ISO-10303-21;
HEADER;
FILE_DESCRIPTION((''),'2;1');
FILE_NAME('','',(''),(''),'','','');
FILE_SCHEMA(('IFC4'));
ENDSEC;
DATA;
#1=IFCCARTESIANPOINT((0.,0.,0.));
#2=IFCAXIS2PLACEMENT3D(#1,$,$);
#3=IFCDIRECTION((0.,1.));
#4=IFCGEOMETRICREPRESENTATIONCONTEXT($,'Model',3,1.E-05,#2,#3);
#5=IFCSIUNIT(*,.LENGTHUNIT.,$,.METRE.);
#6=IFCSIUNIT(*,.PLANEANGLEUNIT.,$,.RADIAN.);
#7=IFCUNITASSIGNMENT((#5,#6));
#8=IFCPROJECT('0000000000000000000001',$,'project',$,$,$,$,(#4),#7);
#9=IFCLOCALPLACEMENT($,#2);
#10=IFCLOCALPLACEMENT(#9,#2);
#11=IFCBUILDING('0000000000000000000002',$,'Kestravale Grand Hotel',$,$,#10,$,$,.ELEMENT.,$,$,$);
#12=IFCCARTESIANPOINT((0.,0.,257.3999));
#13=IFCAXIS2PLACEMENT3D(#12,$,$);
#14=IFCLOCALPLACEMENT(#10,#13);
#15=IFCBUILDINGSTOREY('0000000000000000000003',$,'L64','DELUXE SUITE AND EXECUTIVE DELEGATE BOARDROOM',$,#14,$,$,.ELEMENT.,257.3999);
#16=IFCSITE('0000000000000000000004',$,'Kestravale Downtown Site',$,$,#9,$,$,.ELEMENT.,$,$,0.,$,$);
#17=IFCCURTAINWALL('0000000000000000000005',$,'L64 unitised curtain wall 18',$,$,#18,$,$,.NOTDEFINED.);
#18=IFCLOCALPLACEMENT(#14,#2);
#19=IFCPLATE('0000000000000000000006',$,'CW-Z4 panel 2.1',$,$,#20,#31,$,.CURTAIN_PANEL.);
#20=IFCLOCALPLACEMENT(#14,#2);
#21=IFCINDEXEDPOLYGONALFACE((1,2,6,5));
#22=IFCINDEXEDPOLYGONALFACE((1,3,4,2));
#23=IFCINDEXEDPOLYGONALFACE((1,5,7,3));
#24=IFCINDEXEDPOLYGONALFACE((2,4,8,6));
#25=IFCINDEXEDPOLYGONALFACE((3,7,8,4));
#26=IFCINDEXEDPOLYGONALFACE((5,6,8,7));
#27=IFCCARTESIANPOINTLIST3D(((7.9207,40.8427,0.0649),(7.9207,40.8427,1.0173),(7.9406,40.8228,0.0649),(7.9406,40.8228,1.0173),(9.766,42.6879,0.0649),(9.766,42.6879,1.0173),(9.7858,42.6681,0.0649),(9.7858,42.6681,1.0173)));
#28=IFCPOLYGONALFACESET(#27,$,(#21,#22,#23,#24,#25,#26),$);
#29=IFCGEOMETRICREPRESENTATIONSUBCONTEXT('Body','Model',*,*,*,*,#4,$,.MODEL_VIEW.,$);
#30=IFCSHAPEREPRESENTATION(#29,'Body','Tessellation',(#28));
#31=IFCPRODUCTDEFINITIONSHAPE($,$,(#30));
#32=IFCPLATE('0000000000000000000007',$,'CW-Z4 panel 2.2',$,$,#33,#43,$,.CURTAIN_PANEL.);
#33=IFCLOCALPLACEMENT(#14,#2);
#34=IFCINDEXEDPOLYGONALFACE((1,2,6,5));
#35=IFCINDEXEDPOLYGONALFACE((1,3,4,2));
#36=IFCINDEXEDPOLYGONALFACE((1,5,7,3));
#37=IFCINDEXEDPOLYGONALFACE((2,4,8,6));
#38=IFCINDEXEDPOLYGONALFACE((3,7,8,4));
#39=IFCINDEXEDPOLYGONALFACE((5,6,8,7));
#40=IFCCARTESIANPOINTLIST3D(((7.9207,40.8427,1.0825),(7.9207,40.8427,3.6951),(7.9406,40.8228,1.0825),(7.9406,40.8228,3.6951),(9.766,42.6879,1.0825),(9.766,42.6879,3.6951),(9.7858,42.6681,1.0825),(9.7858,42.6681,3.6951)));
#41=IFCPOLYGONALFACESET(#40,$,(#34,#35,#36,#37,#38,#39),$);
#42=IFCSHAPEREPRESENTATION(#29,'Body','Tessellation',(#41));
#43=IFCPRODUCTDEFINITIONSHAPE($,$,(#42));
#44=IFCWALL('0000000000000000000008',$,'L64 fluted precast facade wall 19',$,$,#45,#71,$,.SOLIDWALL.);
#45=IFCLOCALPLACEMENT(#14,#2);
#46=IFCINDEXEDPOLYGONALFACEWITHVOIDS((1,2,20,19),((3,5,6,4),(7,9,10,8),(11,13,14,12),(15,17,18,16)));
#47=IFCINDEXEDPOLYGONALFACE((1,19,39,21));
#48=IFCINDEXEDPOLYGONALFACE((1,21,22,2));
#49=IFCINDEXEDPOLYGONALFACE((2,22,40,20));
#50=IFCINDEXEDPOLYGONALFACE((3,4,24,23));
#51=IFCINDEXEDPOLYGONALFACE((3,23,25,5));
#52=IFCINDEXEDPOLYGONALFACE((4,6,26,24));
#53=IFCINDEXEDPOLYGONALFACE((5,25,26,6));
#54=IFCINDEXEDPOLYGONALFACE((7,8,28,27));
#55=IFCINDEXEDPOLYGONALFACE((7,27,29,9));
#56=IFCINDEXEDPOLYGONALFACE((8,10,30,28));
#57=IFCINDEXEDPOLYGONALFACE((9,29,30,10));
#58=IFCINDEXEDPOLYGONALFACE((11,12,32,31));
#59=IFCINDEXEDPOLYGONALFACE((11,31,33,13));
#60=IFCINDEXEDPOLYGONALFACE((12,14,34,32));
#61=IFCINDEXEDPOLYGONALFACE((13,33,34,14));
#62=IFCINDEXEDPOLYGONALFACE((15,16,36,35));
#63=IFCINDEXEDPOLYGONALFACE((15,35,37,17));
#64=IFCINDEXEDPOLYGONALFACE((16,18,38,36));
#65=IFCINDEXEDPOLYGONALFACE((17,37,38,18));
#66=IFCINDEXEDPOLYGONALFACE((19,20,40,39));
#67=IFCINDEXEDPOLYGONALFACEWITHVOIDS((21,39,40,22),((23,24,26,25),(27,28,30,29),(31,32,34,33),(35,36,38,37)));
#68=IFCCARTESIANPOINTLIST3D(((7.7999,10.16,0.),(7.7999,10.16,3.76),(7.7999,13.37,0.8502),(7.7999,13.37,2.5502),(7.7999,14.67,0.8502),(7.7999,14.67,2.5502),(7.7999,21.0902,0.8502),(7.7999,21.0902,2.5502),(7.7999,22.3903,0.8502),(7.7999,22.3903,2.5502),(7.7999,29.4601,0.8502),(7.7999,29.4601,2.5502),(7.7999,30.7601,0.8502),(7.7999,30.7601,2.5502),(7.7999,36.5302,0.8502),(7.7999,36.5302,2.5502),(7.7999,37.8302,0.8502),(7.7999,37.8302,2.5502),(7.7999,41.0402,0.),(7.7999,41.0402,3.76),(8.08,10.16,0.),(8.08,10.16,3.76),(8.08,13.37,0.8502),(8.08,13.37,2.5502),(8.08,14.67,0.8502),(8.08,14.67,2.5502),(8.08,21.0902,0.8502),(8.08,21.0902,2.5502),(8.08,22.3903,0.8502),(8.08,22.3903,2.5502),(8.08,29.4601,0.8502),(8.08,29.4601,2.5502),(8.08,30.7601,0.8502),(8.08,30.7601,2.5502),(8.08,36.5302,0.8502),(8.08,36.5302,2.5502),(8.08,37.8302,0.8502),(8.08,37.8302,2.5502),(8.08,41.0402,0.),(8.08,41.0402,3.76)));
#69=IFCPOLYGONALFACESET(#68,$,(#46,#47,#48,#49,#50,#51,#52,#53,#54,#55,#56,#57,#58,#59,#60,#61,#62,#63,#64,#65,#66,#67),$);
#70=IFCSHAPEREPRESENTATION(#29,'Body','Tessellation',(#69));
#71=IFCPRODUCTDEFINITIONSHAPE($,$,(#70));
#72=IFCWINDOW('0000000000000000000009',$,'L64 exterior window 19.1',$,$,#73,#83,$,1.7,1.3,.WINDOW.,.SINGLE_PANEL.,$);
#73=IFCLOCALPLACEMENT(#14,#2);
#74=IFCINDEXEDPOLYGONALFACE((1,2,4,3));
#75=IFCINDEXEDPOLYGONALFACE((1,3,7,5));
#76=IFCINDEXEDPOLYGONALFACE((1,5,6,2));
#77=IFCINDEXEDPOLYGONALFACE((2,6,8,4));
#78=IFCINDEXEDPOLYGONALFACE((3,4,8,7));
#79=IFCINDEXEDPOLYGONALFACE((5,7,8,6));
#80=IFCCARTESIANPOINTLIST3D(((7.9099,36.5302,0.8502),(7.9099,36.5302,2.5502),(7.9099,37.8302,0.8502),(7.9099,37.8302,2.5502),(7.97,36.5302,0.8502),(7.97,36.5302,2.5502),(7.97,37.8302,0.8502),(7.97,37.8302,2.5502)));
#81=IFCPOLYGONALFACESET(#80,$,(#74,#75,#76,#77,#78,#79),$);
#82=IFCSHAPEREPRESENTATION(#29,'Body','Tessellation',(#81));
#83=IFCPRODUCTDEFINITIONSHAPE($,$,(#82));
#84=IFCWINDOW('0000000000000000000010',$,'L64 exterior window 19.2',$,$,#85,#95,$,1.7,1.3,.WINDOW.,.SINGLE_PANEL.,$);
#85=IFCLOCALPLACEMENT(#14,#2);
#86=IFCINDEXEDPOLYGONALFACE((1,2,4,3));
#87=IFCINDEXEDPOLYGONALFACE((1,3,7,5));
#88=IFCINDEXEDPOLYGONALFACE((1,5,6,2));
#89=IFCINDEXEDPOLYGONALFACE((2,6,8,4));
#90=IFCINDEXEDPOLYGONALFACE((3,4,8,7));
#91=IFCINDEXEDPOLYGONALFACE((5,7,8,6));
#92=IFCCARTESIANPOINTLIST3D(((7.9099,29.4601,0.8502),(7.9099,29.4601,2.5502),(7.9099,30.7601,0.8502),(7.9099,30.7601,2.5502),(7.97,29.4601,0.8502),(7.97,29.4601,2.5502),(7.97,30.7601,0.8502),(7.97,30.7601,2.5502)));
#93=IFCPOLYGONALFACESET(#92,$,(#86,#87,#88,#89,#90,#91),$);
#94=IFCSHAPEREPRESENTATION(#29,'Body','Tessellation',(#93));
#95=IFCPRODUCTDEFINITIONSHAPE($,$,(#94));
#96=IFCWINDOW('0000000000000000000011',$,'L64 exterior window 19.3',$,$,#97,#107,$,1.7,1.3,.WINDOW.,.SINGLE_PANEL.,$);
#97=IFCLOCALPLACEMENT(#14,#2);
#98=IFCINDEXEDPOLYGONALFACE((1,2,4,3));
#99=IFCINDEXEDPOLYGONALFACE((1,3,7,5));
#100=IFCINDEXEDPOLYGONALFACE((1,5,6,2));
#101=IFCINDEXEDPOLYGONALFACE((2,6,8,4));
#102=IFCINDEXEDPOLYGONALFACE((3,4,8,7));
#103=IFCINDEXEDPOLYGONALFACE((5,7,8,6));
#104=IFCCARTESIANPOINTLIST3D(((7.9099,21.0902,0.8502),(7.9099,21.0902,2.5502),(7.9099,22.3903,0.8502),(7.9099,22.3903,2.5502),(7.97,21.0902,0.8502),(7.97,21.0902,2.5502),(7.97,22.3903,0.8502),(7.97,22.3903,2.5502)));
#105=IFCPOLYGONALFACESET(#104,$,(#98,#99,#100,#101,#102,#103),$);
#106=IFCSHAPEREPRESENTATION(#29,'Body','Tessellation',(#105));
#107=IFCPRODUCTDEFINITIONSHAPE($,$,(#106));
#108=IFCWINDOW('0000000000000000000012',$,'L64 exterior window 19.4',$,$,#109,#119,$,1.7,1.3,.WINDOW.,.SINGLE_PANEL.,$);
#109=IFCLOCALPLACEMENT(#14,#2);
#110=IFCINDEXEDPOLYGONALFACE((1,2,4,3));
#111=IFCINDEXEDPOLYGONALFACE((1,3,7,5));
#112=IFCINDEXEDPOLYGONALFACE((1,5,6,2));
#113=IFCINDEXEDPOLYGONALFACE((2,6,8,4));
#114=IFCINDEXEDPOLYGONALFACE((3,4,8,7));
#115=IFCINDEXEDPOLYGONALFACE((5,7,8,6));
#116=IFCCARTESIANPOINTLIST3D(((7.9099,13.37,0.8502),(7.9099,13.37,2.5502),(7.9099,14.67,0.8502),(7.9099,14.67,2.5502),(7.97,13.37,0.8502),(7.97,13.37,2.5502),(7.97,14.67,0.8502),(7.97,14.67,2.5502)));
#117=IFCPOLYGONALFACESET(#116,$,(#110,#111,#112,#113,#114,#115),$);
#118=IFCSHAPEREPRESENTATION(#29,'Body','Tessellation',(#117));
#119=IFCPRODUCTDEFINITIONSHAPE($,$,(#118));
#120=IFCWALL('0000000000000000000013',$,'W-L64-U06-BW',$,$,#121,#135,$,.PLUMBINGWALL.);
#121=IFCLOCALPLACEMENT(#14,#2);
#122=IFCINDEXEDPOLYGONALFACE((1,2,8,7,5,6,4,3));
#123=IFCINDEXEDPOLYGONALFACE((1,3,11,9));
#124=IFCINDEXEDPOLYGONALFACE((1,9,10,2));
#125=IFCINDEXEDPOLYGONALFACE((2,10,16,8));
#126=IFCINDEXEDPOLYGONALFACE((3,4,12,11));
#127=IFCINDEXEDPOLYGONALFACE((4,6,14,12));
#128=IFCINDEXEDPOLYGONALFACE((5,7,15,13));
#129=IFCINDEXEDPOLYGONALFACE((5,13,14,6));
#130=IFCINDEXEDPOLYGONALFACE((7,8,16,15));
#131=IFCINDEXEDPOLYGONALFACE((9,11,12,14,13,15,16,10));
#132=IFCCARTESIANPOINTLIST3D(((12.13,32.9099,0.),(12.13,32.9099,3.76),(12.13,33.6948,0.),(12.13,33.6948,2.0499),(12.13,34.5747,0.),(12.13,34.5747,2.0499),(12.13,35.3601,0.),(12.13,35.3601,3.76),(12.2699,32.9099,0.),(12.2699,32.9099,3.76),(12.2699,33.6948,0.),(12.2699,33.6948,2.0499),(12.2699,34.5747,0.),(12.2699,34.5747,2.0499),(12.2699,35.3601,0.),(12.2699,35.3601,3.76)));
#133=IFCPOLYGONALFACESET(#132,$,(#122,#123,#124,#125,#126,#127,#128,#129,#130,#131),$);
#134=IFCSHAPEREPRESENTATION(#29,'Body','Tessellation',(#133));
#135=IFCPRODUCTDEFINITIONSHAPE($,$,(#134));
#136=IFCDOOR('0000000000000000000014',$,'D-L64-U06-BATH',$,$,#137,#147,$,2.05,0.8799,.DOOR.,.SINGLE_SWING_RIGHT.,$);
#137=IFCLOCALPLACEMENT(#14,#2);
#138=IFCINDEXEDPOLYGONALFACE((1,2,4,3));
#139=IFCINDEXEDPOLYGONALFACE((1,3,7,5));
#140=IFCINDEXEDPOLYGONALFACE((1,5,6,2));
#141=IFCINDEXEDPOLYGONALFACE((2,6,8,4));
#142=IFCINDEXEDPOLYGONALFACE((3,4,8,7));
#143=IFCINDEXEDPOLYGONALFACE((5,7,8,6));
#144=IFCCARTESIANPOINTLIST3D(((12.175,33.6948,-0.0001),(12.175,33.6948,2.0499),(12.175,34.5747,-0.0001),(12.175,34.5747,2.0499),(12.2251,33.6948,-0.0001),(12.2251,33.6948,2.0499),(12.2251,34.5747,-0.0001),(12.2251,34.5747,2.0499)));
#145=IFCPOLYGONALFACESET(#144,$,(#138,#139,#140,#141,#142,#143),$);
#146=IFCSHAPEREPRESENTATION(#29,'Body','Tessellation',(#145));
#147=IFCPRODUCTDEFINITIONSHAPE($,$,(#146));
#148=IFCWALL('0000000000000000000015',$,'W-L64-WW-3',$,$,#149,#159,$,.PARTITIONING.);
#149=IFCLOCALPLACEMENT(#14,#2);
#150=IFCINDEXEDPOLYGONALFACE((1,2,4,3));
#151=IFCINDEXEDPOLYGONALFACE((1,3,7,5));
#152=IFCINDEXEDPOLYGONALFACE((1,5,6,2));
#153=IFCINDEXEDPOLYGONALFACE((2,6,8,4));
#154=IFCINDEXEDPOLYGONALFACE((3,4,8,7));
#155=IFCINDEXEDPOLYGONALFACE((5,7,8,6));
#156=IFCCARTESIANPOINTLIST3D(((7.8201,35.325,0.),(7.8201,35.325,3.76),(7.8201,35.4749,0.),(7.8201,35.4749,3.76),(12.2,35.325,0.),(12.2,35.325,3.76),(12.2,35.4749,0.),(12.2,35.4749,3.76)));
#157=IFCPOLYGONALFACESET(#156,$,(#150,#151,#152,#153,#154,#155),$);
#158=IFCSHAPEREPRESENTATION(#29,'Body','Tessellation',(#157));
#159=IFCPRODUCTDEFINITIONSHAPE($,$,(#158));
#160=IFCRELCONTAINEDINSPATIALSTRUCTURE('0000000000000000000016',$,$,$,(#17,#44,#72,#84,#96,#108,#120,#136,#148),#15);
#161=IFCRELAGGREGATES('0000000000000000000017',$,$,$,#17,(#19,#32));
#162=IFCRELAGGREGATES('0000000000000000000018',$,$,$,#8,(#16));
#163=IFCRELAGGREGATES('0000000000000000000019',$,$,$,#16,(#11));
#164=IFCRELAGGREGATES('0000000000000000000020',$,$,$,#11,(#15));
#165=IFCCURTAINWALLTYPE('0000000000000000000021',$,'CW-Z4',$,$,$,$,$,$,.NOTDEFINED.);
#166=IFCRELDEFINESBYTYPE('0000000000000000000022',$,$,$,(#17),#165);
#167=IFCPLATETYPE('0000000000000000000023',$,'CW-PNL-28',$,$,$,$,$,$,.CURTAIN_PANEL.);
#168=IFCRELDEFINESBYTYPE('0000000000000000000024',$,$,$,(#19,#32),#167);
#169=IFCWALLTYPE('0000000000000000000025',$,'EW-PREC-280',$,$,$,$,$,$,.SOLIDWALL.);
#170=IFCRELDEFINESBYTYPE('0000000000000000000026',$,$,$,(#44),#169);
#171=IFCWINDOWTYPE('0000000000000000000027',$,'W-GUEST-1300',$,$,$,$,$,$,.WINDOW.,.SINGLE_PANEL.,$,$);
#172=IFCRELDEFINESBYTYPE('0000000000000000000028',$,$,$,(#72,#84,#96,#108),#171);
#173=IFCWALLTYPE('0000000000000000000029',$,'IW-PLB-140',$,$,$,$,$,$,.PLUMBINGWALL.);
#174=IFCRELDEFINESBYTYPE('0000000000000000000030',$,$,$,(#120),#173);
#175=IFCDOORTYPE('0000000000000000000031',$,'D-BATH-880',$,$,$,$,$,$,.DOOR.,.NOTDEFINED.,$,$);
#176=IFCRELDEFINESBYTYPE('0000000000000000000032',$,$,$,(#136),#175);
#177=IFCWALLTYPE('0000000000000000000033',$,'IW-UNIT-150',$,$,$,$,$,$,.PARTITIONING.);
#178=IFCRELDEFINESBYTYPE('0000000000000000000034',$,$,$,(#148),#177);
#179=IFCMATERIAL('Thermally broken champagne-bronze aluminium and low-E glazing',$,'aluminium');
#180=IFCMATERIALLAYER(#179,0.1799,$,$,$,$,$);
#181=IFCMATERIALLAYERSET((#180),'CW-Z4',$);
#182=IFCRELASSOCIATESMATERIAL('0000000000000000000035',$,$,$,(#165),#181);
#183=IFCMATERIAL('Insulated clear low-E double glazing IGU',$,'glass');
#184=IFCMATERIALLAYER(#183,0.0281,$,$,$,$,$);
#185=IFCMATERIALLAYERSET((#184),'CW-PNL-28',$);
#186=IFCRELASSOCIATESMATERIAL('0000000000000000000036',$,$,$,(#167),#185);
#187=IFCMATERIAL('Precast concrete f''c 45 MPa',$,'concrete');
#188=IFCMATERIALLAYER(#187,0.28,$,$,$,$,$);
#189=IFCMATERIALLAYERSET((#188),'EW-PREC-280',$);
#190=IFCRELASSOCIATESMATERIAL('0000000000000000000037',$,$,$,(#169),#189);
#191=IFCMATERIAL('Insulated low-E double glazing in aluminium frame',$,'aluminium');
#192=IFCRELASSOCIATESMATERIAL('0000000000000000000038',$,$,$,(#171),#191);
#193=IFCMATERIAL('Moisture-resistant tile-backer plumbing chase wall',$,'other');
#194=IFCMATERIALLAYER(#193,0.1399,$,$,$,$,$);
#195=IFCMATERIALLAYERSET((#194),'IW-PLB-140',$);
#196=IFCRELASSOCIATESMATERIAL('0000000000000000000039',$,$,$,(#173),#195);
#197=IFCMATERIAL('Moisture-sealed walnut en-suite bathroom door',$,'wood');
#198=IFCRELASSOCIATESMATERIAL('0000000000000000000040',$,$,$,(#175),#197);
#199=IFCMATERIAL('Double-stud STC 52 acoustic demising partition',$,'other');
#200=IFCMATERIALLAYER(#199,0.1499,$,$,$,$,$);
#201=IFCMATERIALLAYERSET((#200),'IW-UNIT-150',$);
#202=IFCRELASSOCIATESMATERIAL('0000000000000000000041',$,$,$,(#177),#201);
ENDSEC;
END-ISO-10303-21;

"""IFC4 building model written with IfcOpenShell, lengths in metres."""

from ifc_helpers import new_model, si_unit, direction, frame, frame_2d, origin, origin_2d, place, context, subcontext, project, spatial, rectangle, extrude, material, layer, layer_set, type_object, element, fill, aggregate, save


model = new_model("IFC4")

# Units and contexts
model_context = context("Model", 3, precision=1e-05, world=origin(), true_north=direction((0.0, 1.0)))
body_context = subcontext(model_context, "Body", "Model", "MODEL_VIEW")
ifc_project = project(units=[si_unit("LENGTHUNIT", "METRE"), si_unit("PLANEANGLEUNIT", "RADIAN")], contexts=[model_context])

# Site, building, storey
site_placement = place(None, origin())
site = spatial("IfcSite", under=ifc_project, at=site_placement, Name="Kestravale Downtown Site", CompositionType="ELEMENT", RefElevation=0.0)
building_placement = place(site_placement, origin())
building = spatial("IfcBuilding", under=site, at=building_placement, Name="Kestravale Grand Hotel", CompositionType="ELEMENT")
storey_placement = place(building_placement, frame((0.0, 0.0, 257.3999)))
storey = spatial("IfcBuildingStorey", under=building, at=storey_placement, Name="L64", Description="DELUXE SUITE AND EXECUTIVE DELEGATE BOARDROOM", CompositionType="ELEMENT", Elevation=257.3999)

# Curtain wall, plates
ifc_material_1 = material(Name="Thermally broken champagne-bronze aluminium and low-E glazing", Category="aluminium")
ifc_layer_1 = layer(ifc_material_1, 0.1799)
ifc_layer_set_1 = layer_set([ifc_layer_1], Name="CW-Z4")
curtain_wall_type = type_object("IfcCurtainWallType", Name="CW-Z4", PredefinedType="NOTDEFINED", material=ifc_layer_set_1)
curtain_wall_placement = place(storey_placement, origin())
curtain_wall = element("IfcCurtainWall", 1, at=curtain_wall_placement, inside=storey, type_object=curtain_wall_type, Name="L64 unitised curtain wall 18", PredefinedType="NOTDEFINED")
ifc_material_2 = material(Name="Insulated clear low-E double glazing IGU", Category="glass")
ifc_layer_2 = layer(ifc_material_2, 0.0281)
ifc_layer_set_2 = layer_set([ifc_layer_2], Name="CW-PNL-28")
plate_type = type_object("IfcPlateType", Name="CW-PNL-28", PredefinedType="CURTAIN_PANEL", material=ifc_layer_set_2)
plate_1_placement = place(storey_placement, frame((8.8533, 41.7554, 0.0649), z_axis=(0.0, 0.0, 1.0), x_axis=(-0.707107, -0.707107, 0.0)))
plate_1 = element("IfcPlate", 2, at=plate_1_placement, type_object=plate_type, Name="CW-Z4 panel 2.1", PredefinedType="CURTAIN_PANEL", context=body_context, shape_type="SweptSolid", body=[
    extrude(rectangle(XDim=2.6096, YDim=0.0281, at=origin_2d()), origin(), (0.0, 0.0, 1.0), 0.9524),
])
plate_2_placement = place(storey_placement, frame((8.8533, 41.7554, 1.0825), z_axis=(0.0, 0.0, 1.0), x_axis=(-0.707107, -0.707107, 0.0)))
plate_2 = element("IfcPlate", 3, at=plate_2_placement, type_object=plate_type, Name="CW-Z4 panel 2.2", PredefinedType="CURTAIN_PANEL", context=body_context, shape_type="SweptSolid", body=[
    extrude(rectangle(XDim=2.6096, YDim=0.0281, at=origin_2d()), origin(), (0.0, 0.0, 1.0), 2.6125),
])
aggregate(curtain_wall, [plate_1, plate_2])

# Wall, openings, windows
ifc_material_3 = material(Name="Precast concrete f'c 45 MPa", Category="concrete")
ifc_layer_3 = layer(ifc_material_3, 0.28)
ifc_layer_set_3 = layer_set([ifc_layer_3], Name="EW-PREC-280")
wall_type_1 = type_object("IfcWallType", Name="EW-PREC-280", PredefinedType="SOLIDWALL", material=ifc_layer_set_3)
wall_1_placement = place(storey_placement, frame((7.9399, 41.04, 0.0), z_axis=(0.0, 0.0, 1.0), x_axis=(0.0, -1.0, 0.0)))
wall_1 = element("IfcWall", 4, at=wall_1_placement, inside=storey, type_object=wall_type_1, Name="L64 fluted precast facade wall 19", PredefinedType="SOLIDWALL", context=body_context, shape_type="SweptSolid", body=[
    extrude(rectangle(XDim=30.8801, YDim=0.28, at=frame_2d((15.4399, 0.0))), origin(), (0.0, 0.0, 1.0), 3.76),
])
opening_1_placement = place(wall_1_placement, frame((3.21, 0.0, 0.8501)))
opening_1 = element("IfcOpeningElement", 5, at=opening_1_placement, cuts=wall_1, PredefinedType="OPENING", context=body_context, shape_type="SweptSolid", body=[
    extrude(rectangle(XDim=1.3, YDim=1.7, at=frame_2d((0.6499, 0.8501))), frame((0.0, 0.1499, 0.0), z_axis=(0.0, -1.0, 0.0), x_axis=(1.0, 0.0, 0.0)), (0.0, 0.0, 1.0), 0.3),
])
opening_2_placement = place(wall_1_placement, frame((10.28, 0.0, 0.8501)))
opening_2 = element("IfcOpeningElement", 6, at=opening_2_placement, cuts=wall_1, PredefinedType="OPENING", context=body_context, shape_type="SweptSolid", body=[
    extrude(rectangle(XDim=1.3, YDim=1.7, at=frame_2d((0.6499, 0.8501))), frame((0.0, 0.1499, 0.0), z_axis=(0.0, -1.0, 0.0), x_axis=(1.0, 0.0, 0.0)), (0.0, 0.0, 1.0), 0.3),
])
opening_3_placement = place(wall_1_placement, frame((18.6499, 0.0, 0.8501)))
opening_3 = element("IfcOpeningElement", 7, at=opening_3_placement, cuts=wall_1, PredefinedType="OPENING", context=body_context, shape_type="SweptSolid", body=[
    extrude(rectangle(XDim=1.3, YDim=1.7, at=frame_2d((0.6499, 0.8501))), frame((0.0, 0.1499, 0.0), z_axis=(0.0, -1.0, 0.0), x_axis=(1.0, 0.0, 0.0)), (0.0, 0.0, 1.0), 0.3),
])
opening_4_placement = place(wall_1_placement, frame((26.3701, 0.0, 0.8501)))
opening_4 = element("IfcOpeningElement", 8, at=opening_4_placement, cuts=wall_1, PredefinedType="OPENING", context=body_context, shape_type="SweptSolid", body=[
    extrude(rectangle(XDim=1.3, YDim=1.7, at=frame_2d((0.6499, 0.8501))), frame((0.0, 0.1499, 0.0), z_axis=(0.0, -1.0, 0.0), x_axis=(1.0, 0.0, 0.0)), (0.0, 0.0, 1.0), 0.3),
])
ifc_material_4 = material(Name="Insulated low-E double glazing in aluminium frame", Category="aluminium")
window_type = type_object("IfcWindowType", Name="W-GUEST-1300", PartitioningType="SINGLE_PANEL", PredefinedType="WINDOW", material=ifc_material_4)
window_1_placement = place(opening_1_placement, origin())
window_1 = element("IfcWindow", 9, at=window_1_placement, inside=storey, type_object=window_type, Name="L64 exterior window 19.1", OverallHeight=1.7, OverallWidth=1.3, PartitioningType="SINGLE_PANEL", PredefinedType="WINDOW", context=body_context, shape_type="SweptSolid", body=[
    extrude(rectangle(XDim=1.3, YDim=1.7, at=frame_2d((0.6499, 0.8501))), frame((0.0, 0.03, 0.0), z_axis=(0.0, -1.0, 0.0), x_axis=(1.0, 0.0, 0.0)), (0.0, 0.0, 1.0), 0.0601),
])
fill(opening_1, window_1)
window_2_placement = place(opening_2_placement, origin())
window_2 = element("IfcWindow", 10, at=window_2_placement, inside=storey, type_object=window_type, Name="L64 exterior window 19.2", OverallHeight=1.7, OverallWidth=1.3, PartitioningType="SINGLE_PANEL", PredefinedType="WINDOW", context=body_context, shape_type="SweptSolid", body=[
    extrude(rectangle(XDim=1.3, YDim=1.7, at=frame_2d((0.6499, 0.8501))), frame((0.0, 0.03, 0.0), z_axis=(0.0, -1.0, 0.0), x_axis=(1.0, 0.0, 0.0)), (0.0, 0.0, 1.0), 0.0601),
])
fill(opening_2, window_2)
window_3_placement = place(opening_3_placement, origin())
window_3 = element("IfcWindow", 11, at=window_3_placement, inside=storey, type_object=window_type, Name="L64 exterior window 19.3", OverallHeight=1.7, OverallWidth=1.3, PartitioningType="SINGLE_PANEL", PredefinedType="WINDOW", context=body_context, shape_type="SweptSolid", body=[
    extrude(rectangle(XDim=1.3, YDim=1.7, at=frame_2d((0.6499, 0.8501))), frame((0.0, 0.03, 0.0), z_axis=(0.0, -1.0, 0.0), x_axis=(1.0, 0.0, 0.0)), (0.0, 0.0, 1.0), 0.0601),
])
fill(opening_3, window_3)
window_4_placement = place(opening_4_placement, origin())
window_4 = element("IfcWindow", 12, at=window_4_placement, inside=storey, type_object=window_type, Name="L64 exterior window 19.4", OverallHeight=1.7, OverallWidth=1.3, PartitioningType="SINGLE_PANEL", PredefinedType="WINDOW", context=body_context, shape_type="SweptSolid", body=[
    extrude(rectangle(XDim=1.3, YDim=1.7, at=frame_2d((0.6499, 0.8501))), frame((0.0, 0.03, 0.0), z_axis=(0.0, -1.0, 0.0), x_axis=(1.0, 0.0, 0.0)), (0.0, 0.0, 1.0), 0.0601),
])
fill(opening_4, window_4)

# Wall, opening, door
ifc_material_5 = material(Name="Moisture-resistant tile-backer plumbing chase wall", Category="other")
ifc_layer_4 = layer(ifc_material_5, 0.1399)
ifc_layer_set_4 = layer_set([ifc_layer_4], Name="IW-PLB-140")
wall_type_2 = type_object("IfcWallType", Name="IW-PLB-140", PredefinedType="PLUMBINGWALL", material=ifc_layer_set_4)
wall_2_placement = place(storey_placement, frame((12.2, 32.9099, 0.0), z_axis=(0.0, 0.0, 1.0), x_axis=(0.0, 1.0, 0.0)))
wall_2 = element("IfcWall", 13, at=wall_2_placement, inside=storey, type_object=wall_type_2, Name="W-L64-U06-BW", PredefinedType="PLUMBINGWALL", context=body_context, shape_type="SweptSolid", body=[
    extrude(rectangle(XDim=2.4502, YDim=0.1399, at=frame_2d((1.2251, 0.0))), origin(), (0.0, 0.0, 1.0), 3.76),
])
opening_5_placement = place(wall_2_placement, frame((0.7849, 0.0, 0.0)))
opening_5 = element("IfcOpeningElement", 14, at=opening_5_placement, cuts=wall_2, PredefinedType="OPENING", context=body_context, shape_type="SweptSolid", body=[
    extrude(rectangle(XDim=0.8799, YDim=2.05, at=frame_2d((0.4399, 1.0249))), frame((0.0, 0.0798, 0.0), z_axis=(0.0, -1.0, 0.0), x_axis=(1.0, 0.0, 0.0)), (0.0, 0.0, 1.0), 0.1599),
])
ifc_material_6 = material(Name="Moisture-sealed walnut en-suite bathroom door", Category="wood")
door_type = type_object("IfcDoorType", Name="D-BATH-880", OperationType="NOTDEFINED", PredefinedType="DOOR", material=ifc_material_6)
door_placement = place(opening_5_placement, origin())
door = element("IfcDoor", 15, at=door_placement, inside=storey, type_object=door_type, Name="D-L64-U06-BATH", OperationType="SINGLE_SWING_RIGHT", OverallHeight=2.05, OverallWidth=0.8799, PredefinedType="DOOR", context=body_context, shape_type="SweptSolid", body=[
    extrude(rectangle(XDim=0.8799, YDim=2.05, at=frame_2d((0.4399, 1.0249))), frame((0.0, 0.0249, 0.0), z_axis=(0.0, -1.0, 0.0), x_axis=(1.0, 0.0, 0.0)), (0.0, 0.0, 1.0), 0.05),
])
fill(opening_5, door)

# Wall
ifc_material_7 = material(Name="Double-stud STC 52 acoustic demising partition", Category="other")
ifc_layer_5 = layer(ifc_material_7, 0.1499)
ifc_layer_set_5 = layer_set([ifc_layer_5], Name="IW-UNIT-150")
wall_type_3 = type_object("IfcWallType", Name="IW-UNIT-150", PredefinedType="PARTITIONING", material=ifc_layer_set_5)
wall_3_placement = place(storey_placement, frame((7.8201, 35.3999, 0.0), z_axis=(0.0, 0.0, 1.0), x_axis=(1.0, 0.0, 0.0)))
element("IfcWall", 16, at=wall_3_placement, inside=storey, type_object=wall_type_3, Name="W-L64-WW-3", PredefinedType="PARTITIONING", context=body_context, shape_type="SweptSolid", body=[
    extrude(rectangle(XDim=4.3799, YDim=0.1499, at=frame_2d((2.1899, 0.0))), origin(), (0.0, 0.0, 1.0), 3.76),
])

save(model, "model.ifc")
